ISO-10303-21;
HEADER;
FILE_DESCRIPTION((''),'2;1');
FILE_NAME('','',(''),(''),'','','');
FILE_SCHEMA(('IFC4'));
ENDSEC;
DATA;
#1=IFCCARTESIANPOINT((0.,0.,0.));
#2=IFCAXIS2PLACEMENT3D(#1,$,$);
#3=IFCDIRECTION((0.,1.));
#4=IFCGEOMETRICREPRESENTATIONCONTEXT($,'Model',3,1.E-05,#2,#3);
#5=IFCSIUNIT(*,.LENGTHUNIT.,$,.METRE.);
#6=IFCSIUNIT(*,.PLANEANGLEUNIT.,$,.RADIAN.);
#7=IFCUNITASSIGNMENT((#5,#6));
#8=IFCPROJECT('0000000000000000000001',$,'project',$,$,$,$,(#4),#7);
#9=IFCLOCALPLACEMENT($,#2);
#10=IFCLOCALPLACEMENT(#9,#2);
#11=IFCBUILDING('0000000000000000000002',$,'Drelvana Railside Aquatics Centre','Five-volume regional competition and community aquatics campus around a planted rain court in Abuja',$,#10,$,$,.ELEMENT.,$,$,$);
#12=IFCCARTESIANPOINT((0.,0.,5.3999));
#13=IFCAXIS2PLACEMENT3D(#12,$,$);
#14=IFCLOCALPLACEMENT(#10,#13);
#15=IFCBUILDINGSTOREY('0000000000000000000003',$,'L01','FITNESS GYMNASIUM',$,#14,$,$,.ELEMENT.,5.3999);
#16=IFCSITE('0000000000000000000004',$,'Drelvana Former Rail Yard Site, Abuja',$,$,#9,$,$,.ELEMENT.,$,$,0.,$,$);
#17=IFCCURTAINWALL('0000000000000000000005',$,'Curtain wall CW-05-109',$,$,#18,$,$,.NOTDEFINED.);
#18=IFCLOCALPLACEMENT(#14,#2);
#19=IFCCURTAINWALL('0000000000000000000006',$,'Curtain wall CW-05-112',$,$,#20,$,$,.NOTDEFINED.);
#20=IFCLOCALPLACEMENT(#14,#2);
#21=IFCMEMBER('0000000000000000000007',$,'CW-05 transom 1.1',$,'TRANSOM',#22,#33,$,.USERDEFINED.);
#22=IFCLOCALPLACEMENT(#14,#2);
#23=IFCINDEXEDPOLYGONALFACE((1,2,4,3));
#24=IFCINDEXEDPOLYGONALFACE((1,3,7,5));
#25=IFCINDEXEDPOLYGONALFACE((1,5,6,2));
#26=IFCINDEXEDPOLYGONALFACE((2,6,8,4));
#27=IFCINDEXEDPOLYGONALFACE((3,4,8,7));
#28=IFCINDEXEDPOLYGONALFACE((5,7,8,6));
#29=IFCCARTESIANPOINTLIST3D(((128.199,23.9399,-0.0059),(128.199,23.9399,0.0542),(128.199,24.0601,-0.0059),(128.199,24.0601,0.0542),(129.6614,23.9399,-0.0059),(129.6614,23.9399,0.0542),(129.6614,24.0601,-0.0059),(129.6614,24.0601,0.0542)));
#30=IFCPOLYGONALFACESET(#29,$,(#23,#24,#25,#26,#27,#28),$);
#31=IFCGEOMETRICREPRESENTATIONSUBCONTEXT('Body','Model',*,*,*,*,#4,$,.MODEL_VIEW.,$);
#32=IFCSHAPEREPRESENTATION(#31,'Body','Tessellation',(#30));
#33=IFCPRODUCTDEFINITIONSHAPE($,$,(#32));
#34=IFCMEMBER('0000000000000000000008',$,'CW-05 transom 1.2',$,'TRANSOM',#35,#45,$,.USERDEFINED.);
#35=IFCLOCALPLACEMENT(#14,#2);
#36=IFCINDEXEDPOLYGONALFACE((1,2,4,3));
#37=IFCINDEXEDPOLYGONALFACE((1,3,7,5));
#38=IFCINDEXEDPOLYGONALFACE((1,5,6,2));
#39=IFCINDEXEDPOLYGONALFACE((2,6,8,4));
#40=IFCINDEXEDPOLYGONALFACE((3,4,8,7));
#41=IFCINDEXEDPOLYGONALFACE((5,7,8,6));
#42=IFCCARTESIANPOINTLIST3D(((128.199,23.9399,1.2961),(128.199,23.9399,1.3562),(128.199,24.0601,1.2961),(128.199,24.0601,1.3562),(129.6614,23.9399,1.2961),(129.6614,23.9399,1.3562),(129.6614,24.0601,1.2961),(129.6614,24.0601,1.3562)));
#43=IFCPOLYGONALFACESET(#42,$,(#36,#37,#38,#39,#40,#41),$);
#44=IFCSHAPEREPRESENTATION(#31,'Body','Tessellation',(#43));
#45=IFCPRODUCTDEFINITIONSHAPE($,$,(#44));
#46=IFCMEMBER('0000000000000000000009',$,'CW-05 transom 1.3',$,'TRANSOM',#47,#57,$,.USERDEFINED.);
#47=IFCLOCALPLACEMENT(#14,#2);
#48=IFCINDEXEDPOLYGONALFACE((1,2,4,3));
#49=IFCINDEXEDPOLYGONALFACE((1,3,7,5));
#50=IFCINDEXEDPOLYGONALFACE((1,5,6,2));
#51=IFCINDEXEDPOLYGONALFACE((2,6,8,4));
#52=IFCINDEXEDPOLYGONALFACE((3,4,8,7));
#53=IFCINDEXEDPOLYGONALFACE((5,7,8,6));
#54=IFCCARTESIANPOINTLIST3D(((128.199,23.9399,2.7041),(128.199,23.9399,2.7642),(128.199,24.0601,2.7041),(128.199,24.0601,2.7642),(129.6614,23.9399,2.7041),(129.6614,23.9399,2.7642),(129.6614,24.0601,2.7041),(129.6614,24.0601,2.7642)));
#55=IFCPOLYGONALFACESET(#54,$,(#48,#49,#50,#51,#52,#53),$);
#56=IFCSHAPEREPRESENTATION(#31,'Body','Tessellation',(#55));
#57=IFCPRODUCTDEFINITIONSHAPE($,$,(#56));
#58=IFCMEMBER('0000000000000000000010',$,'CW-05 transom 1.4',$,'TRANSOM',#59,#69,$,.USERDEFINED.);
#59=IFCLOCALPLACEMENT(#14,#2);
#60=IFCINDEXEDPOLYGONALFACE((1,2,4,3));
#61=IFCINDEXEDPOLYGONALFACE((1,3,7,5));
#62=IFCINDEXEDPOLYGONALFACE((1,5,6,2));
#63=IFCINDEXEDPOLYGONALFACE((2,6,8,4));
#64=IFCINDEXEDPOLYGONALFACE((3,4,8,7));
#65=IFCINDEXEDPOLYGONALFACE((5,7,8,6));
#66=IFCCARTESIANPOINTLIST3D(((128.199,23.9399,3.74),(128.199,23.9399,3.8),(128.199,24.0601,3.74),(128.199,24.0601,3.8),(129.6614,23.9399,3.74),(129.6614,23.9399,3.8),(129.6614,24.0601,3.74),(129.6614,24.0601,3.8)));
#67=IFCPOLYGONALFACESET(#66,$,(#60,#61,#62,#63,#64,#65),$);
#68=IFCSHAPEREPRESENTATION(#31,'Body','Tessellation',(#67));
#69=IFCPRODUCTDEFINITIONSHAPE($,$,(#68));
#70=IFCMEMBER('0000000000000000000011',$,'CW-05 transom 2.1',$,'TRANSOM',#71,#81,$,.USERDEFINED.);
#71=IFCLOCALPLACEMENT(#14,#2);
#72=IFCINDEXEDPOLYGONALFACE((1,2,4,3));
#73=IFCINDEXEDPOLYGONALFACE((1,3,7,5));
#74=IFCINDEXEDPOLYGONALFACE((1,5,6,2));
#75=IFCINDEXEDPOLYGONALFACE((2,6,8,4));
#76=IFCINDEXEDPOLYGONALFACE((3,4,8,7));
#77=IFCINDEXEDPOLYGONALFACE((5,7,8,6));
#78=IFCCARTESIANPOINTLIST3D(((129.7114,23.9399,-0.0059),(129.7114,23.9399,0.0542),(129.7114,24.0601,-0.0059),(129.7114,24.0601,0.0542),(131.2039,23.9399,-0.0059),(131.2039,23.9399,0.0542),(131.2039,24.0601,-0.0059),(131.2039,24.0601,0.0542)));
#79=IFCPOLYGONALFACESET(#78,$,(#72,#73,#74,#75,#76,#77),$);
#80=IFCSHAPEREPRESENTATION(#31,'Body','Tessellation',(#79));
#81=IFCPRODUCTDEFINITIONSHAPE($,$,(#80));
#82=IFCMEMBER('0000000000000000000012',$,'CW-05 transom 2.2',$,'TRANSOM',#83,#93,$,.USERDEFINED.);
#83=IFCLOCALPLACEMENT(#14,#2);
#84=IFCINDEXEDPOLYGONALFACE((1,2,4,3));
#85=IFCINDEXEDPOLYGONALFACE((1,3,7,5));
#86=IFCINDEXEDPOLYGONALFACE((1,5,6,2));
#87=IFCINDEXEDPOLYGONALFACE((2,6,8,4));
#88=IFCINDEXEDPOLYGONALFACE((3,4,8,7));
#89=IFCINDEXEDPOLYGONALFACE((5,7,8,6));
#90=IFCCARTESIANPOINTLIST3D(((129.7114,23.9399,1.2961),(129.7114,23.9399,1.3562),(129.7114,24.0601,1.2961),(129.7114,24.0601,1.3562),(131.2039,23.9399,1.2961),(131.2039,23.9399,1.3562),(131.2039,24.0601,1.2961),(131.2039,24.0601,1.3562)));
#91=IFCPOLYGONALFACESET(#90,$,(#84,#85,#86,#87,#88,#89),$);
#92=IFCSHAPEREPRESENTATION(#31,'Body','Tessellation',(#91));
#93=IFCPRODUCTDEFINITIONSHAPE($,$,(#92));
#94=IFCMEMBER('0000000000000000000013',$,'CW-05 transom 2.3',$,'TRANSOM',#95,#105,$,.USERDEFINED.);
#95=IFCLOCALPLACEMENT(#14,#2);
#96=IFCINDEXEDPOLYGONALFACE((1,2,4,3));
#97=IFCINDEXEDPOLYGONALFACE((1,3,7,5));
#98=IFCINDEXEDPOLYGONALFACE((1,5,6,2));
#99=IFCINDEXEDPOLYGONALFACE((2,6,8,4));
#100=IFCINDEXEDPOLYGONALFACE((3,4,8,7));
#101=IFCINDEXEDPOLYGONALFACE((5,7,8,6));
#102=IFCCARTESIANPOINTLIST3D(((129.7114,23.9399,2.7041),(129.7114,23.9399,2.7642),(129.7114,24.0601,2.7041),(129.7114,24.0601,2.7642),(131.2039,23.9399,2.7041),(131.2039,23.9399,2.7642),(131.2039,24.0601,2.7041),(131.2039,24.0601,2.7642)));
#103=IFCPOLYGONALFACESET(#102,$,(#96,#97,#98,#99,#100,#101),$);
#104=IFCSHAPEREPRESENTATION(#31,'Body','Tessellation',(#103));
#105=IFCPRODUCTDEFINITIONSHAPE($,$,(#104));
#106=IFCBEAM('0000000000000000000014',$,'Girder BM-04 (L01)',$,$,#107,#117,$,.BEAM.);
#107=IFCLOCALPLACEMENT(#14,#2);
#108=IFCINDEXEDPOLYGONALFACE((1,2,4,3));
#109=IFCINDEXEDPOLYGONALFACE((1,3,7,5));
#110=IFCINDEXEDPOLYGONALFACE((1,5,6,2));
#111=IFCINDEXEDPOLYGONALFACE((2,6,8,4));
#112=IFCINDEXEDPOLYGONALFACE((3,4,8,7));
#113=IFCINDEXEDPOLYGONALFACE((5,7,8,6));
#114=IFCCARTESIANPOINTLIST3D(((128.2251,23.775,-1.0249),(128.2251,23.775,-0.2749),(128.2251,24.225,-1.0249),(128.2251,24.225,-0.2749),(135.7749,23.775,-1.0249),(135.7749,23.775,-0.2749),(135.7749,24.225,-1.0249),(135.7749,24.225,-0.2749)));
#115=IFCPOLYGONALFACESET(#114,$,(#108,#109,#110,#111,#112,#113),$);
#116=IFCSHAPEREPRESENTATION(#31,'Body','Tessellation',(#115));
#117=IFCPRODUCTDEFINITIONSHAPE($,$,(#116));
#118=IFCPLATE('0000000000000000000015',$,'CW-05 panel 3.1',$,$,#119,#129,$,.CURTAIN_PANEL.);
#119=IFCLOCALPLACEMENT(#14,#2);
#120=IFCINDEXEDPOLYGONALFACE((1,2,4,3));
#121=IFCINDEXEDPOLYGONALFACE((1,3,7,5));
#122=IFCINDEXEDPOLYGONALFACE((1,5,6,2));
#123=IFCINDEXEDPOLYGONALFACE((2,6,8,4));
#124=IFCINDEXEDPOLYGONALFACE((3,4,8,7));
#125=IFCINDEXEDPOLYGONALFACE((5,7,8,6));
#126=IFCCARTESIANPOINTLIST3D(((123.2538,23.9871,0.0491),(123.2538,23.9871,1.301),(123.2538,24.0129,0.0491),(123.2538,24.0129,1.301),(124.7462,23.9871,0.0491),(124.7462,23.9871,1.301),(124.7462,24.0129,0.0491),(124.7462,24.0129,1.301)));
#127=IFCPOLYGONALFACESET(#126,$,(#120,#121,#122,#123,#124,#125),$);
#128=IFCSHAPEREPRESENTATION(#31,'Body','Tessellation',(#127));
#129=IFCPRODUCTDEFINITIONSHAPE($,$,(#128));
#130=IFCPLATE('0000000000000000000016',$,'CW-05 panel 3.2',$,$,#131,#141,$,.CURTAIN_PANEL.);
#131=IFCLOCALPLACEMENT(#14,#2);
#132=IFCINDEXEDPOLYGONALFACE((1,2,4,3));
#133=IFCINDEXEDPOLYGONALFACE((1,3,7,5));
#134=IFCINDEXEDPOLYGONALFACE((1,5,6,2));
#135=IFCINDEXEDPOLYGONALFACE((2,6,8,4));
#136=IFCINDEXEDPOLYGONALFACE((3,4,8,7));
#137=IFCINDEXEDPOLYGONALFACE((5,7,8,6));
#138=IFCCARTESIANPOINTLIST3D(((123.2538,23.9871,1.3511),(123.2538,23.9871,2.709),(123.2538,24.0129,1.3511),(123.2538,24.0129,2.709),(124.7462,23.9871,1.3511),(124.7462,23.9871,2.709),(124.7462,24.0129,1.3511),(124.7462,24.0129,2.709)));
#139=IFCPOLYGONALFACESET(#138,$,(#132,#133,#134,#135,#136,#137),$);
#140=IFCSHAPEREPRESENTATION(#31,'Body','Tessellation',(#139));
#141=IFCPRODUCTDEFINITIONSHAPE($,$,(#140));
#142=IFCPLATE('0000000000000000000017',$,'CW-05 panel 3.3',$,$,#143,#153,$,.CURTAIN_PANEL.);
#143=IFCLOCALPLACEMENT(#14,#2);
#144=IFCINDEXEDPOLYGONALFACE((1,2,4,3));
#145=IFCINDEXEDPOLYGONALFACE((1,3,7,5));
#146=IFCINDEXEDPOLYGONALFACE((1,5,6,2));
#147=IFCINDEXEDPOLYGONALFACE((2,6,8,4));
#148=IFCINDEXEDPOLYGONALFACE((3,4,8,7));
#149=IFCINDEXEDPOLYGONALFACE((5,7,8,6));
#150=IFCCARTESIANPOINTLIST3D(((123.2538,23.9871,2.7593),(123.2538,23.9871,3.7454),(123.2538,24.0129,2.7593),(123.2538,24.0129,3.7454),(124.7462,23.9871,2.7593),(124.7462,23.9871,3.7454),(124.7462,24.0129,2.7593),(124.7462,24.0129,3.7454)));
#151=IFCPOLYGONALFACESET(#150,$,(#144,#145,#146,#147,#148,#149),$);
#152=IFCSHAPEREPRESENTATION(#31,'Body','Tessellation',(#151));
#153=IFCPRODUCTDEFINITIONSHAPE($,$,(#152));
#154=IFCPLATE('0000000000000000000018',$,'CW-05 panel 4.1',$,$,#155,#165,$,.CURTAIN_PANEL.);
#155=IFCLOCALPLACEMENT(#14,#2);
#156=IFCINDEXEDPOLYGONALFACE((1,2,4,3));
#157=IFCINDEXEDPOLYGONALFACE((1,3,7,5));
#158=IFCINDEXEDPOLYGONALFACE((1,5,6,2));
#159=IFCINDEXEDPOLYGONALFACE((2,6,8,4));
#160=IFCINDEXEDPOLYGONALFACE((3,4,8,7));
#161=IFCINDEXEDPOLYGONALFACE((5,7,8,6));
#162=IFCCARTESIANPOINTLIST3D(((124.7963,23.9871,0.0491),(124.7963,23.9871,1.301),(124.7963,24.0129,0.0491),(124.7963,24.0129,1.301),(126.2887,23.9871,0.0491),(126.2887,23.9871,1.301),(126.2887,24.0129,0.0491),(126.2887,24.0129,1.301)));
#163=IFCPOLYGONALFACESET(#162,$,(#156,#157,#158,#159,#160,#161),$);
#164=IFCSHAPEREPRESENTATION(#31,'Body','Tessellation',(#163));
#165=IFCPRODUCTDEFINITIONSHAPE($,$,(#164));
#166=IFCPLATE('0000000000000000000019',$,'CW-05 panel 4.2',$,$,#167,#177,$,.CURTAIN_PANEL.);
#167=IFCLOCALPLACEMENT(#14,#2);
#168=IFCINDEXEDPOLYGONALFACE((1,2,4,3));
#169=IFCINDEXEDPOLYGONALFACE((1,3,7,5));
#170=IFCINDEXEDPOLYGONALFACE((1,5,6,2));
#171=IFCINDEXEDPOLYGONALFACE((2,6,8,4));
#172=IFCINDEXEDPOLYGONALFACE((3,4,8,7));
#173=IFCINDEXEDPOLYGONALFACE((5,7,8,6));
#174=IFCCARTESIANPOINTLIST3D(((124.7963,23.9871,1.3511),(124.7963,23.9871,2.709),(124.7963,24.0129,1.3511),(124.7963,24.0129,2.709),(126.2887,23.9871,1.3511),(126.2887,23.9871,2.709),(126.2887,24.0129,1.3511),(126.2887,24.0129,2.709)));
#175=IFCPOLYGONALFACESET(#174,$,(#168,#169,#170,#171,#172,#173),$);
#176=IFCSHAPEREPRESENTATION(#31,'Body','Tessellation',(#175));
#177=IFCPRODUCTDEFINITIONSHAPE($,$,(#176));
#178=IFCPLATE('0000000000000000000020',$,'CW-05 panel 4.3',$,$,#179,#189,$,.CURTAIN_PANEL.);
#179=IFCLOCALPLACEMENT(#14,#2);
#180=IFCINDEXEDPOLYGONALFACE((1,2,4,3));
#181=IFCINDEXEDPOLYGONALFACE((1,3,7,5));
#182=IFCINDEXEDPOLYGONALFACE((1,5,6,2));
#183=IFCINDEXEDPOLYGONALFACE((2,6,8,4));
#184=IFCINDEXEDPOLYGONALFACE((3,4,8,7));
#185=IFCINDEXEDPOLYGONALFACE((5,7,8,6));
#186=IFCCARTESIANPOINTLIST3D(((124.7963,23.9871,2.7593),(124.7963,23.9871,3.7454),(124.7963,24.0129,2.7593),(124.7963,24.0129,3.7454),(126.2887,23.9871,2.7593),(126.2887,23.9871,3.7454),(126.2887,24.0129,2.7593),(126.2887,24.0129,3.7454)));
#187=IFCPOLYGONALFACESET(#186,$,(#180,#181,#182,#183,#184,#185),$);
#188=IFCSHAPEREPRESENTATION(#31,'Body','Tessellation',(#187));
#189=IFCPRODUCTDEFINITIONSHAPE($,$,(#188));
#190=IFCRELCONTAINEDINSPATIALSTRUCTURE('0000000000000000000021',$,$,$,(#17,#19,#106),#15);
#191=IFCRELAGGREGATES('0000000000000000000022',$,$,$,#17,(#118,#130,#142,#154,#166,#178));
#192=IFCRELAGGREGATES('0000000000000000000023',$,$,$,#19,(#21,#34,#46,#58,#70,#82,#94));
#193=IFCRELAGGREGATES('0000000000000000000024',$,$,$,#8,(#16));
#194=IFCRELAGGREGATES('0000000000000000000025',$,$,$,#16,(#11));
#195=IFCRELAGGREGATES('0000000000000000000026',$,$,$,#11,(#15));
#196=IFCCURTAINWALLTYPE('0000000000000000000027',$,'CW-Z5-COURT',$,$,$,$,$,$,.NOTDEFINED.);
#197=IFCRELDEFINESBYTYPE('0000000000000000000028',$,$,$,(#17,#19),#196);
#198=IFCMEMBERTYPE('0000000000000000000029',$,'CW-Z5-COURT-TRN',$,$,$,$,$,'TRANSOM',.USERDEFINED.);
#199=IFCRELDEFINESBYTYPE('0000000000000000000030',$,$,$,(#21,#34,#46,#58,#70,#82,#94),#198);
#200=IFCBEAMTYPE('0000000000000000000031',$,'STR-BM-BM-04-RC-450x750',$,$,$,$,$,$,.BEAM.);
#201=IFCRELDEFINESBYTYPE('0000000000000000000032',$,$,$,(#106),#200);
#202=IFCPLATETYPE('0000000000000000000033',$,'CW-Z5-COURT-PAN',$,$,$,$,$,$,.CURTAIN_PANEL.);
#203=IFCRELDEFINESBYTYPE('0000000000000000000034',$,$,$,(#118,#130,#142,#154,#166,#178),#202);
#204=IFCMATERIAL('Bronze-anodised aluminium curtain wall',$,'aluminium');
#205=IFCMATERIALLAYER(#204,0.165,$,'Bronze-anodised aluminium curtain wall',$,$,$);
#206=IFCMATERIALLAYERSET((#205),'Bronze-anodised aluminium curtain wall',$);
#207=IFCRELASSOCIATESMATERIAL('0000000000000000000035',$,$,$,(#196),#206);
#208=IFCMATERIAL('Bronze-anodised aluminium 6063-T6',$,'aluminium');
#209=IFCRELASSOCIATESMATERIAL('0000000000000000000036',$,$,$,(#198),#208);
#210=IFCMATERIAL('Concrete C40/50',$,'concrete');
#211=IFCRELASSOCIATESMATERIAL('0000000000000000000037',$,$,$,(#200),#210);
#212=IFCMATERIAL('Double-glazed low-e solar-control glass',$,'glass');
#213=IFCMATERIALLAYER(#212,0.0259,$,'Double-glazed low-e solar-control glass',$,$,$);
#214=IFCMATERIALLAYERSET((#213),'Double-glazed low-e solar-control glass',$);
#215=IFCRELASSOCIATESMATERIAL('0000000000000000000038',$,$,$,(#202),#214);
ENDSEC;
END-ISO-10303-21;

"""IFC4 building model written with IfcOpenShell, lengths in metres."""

from ifc_helpers import new_model, si_unit, direction, frame, origin, origin_2d, place, context, subcontext, project, spatial, rectangle, extrude, material, layer, layer_set, material_profile, profile_set, type_object, element, aggregate, save


model = new_model("IFC4")

# Units and contexts
model_context = context("Model", 3, precision=1e-05, world=origin(), true_north=direction((0.0, 1.0)))
body_context = subcontext(model_context, "Body", "Model", "MODEL_VIEW")
ifc_project = project(units=[si_unit("LENGTHUNIT", "METRE"), si_unit("PLANEANGLEUNIT", "RADIAN")], contexts=[model_context])

# Site, building, storey
site_placement = place(None, origin())
site = spatial("IfcSite", under=ifc_project, at=site_placement, Name="Drelvana Former Rail Yard Site, Abuja", CompositionType="ELEMENT", RefElevation=0.0)
building_placement = place(site_placement, origin())
building = spatial("IfcBuilding", under=site, at=building_placement, Name="Drelvana Railside Aquatics Centre", Description="Five-volume regional competition and community aquatics campus around a planted rain court in Abuja", CompositionType="ELEMENT")
storey_placement = place(building_placement, frame((0.0, 0.0, 5.3999)))
storey = spatial("IfcBuildingStorey", under=building, at=storey_placement, Name="L01", Description="FITNESS GYMNASIUM", CompositionType="ELEMENT", Elevation=5.3999)

# Curtain walls
ifc_material_1 = material(Name="Bronze-anodised aluminium curtain wall", Category="aluminium")
ifc_layer_1 = layer(ifc_material_1, 0.165, Name="Bronze-anodised aluminium curtain wall")
ifc_layer_set_1 = layer_set([ifc_layer_1], Name="Bronze-anodised aluminium curtain wall")
curtain_wall_type = type_object("IfcCurtainWallType", Name="CW-Z5-COURT", PredefinedType="NOTDEFINED", material=ifc_layer_set_1)
curtain_wall_1_placement = place(storey_placement, origin())
curtain_wall_1 = element("IfcCurtainWall", 1, at=curtain_wall_1_placement, inside=storey, type_object=curtain_wall_type, Name="Curtain wall CW-05-109", PredefinedType="NOTDEFINED")
ifc_material_2 = material(Name="Bronze-anodised aluminium 6063-T6", Category="aluminium")
curtain_wall_2_placement = place(storey_placement, origin())
curtain_wall_2 = element("IfcCurtainWall", 2, at=curtain_wall_2_placement, inside=storey, type_object=curtain_wall_type, Name="Curtain wall CW-05-112", PredefinedType="NOTDEFINED")

# Members
ifc_material_profile_1 = material_profile(ifc_material_2, rectangle(XDim=0.1201, YDim=0.0601, at=origin_2d()), Name="ALU-T 60x120")
ifc_profile_set_1 = profile_set([ifc_material_profile_1], Name="Bronze-anodised aluminium 6063-T6")
member_type_1 = type_object("IfcMemberType", Name="CW-Z5-COURT-TRN", ElementType="TRANSOM", PredefinedType="USERDEFINED", material=ifc_profile_set_1)
member_1_placement = place(storey_placement, frame((128.199, 24.0, 0.0242), z_axis=(1.0, 0.0, 0.0), x_axis=(0.0, 1.0, 0.0)))
member_1 = element("IfcMember", 3, at=member_1_placement, type_object=member_type_1, Name="CW-05 transom 1.1", ObjectType="TRANSOM", PredefinedType="USERDEFINED", context=body_context, shape_type="SweptSolid", body=[
    extrude(rectangle(XDim=0.1201, YDim=0.0601, at=origin_2d()), origin(), (0.0, 0.0, 1.0), 1.4624),
])
member_2_placement = place(storey_placement, frame((128.199, 24.0, 1.3262), z_axis=(1.0, 0.0, 0.0), x_axis=(0.0, 1.0, 0.0)))
member_2 = element("IfcMember", 4, at=member_2_placement, type_object=member_type_1, Name="CW-05 transom 1.2", ObjectType="TRANSOM", PredefinedType="USERDEFINED", context=body_context, shape_type="SweptSolid", body=[
    extrude(rectangle(XDim=0.1201, YDim=0.0601, at=origin_2d()), origin(), (0.0, 0.0, 1.0), 1.4624),
])
member_3_placement = place(storey_placement, frame((128.199, 24.0, 2.7341), z_axis=(1.0, 0.0, 0.0), x_axis=(0.0, 1.0, 0.0)))
member_3 = element("IfcMember", 5, at=member_3_placement, type_object=member_type_1, Name="CW-05 transom 1.3", ObjectType="TRANSOM", PredefinedType="USERDEFINED", context=body_context, shape_type="SweptSolid", body=[
    extrude(rectangle(XDim=0.1201, YDim=0.0601, at=origin_2d()), origin(), (0.0, 0.0, 1.0), 1.4624),
])
member_4_placement = place(storey_placement, frame((128.199, 24.0, 3.77), z_axis=(1.0, 0.0, 0.0), x_axis=(0.0, 1.0, 0.0)))
member_4 = element("IfcMember", 6, at=member_4_placement, type_object=member_type_1, Name="CW-05 transom 1.4", ObjectType="TRANSOM", PredefinedType="USERDEFINED", context=body_context, shape_type="SweptSolid", body=[
    extrude(rectangle(XDim=0.1201, YDim=0.0601, at=origin_2d()), origin(), (0.0, 0.0, 1.0), 1.4624),
])
member_5_placement = place(storey_placement, frame((129.7114, 24.0, 0.0242), z_axis=(1.0, 0.0, 0.0), x_axis=(0.0, 1.0, 0.0)))
member_5 = element("IfcMember", 7, at=member_5_placement, type_object=member_type_1, Name="CW-05 transom 2.1", ObjectType="TRANSOM", PredefinedType="USERDEFINED", context=body_context, shape_type="SweptSolid", body=[
    extrude(rectangle(XDim=0.1201, YDim=0.0601, at=origin_2d()), origin(), (0.0, 0.0, 1.0), 1.4924),
])
member_6_placement = place(storey_placement, frame((129.7114, 24.0, 1.3262), z_axis=(1.0, 0.0, 0.0), x_axis=(0.0, 1.0, 0.0)))
member_6 = element("IfcMember", 8, at=member_6_placement, type_object=member_type_1, Name="CW-05 transom 2.2", ObjectType="TRANSOM", PredefinedType="USERDEFINED", context=body_context, shape_type="SweptSolid", body=[
    extrude(rectangle(XDim=0.1201, YDim=0.0601, at=origin_2d()), origin(), (0.0, 0.0, 1.0), 1.4924),
])
member_7_placement = place(storey_placement, frame((129.7114, 24.0, 2.7341), z_axis=(1.0, 0.0, 0.0), x_axis=(0.0, 1.0, 0.0)))
member_7 = element("IfcMember", 9, at=member_7_placement, type_object=member_type_1, Name="CW-05 transom 2.3", ObjectType="TRANSOM", PredefinedType="USERDEFINED", context=body_context, shape_type="SweptSolid", body=[
    extrude(rectangle(XDim=0.1201, YDim=0.0601, at=origin_2d()), origin(), (0.0, 0.0, 1.0), 1.4924),
])

# Beam
ifc_material_3 = material(Name="Concrete C40/50", Category="concrete")
ifc_material_profile_2 = material_profile(ifc_material_3, rectangle(XDim=0.45, YDim=0.75, at=origin_2d()), Name="RC 450x750")
ifc_profile_set_2 = profile_set([ifc_material_profile_2], Name="Concrete C40/50")
beam_type = type_object("IfcBeamType", Name="STR-BM-BM-04-RC-450x750", PredefinedType="BEAM", material=ifc_profile_set_2)
beam_placement = place(storey_placement, frame((128.2251, 24.0, -0.6499), z_axis=(1.0, 0.0, 0.0), x_axis=(0.0, 1.0, 0.0)))
element("IfcBeam", 10, at=beam_placement, inside=storey, type_object=beam_type, Name="Girder BM-04 (L01)", PredefinedType="BEAM", context=body_context, shape_type="SweptSolid", body=[
    extrude(rectangle(XDim=0.45, YDim=0.75, at=origin_2d()), origin(), (0.0, 0.0, 1.0), 7.5498),
])

# Plates
ifc_material_4 = material(Name="Double-glazed low-e solar-control glass", Category="glass")
ifc_layer_2 = layer(ifc_material_4, 0.0259, Name="Double-glazed low-e solar-control glass")
ifc_layer_set_2 = layer_set([ifc_layer_2], Name="Double-glazed low-e solar-control glass")
plate_type = type_object("IfcPlateType", Name="CW-Z5-COURT-PAN", PredefinedType="CURTAIN_PANEL", material=ifc_layer_set_2)
plate_1_placement = place(storey_placement, frame((124.0, 24.0, 0.0491), z_axis=(0.0, 0.0, 1.0), x_axis=(1.0, 0.0, 0.0)))
plate_1 = element("IfcPlate", 11, at=plate_1_placement, type_object=plate_type, Name="CW-05 panel 3.1", PredefinedType="CURTAIN_PANEL", context=body_context, shape_type="SweptSolid", body=[
    extrude(rectangle(XDim=1.4924, YDim=0.0259, at=origin_2d()), origin(), (0.0, 0.0, 1.0), 1.252),
])
plate_2_placement = place(storey_placement, frame((124.0, 24.0, 1.3511), z_axis=(0.0, 0.0, 1.0), x_axis=(1.0, 0.0, 0.0)))
plate_2 = element("IfcPlate", 12, at=plate_2_placement, type_object=plate_type, Name="CW-05 panel 3.2", PredefinedType="CURTAIN_PANEL", context=body_context, shape_type="SweptSolid", body=[
    extrude(rectangle(XDim=1.4924, YDim=0.0259, at=origin_2d()), origin(), (0.0, 0.0, 1.0), 1.3579),
])
plate_3_placement = place(storey_placement, frame((124.0, 24.0, 2.7593), z_axis=(0.0, 0.0, 1.0), x_axis=(1.0, 0.0, 0.0)))
plate_3 = element("IfcPlate", 13, at=plate_3_placement, type_object=plate_type, Name="CW-05 panel 3.3", PredefinedType="CURTAIN_PANEL", context=body_context, shape_type="SweptSolid", body=[
    extrude(rectangle(XDim=1.4924, YDim=0.0259, at=origin_2d()), origin(), (0.0, 0.0, 1.0), 0.9861),
])
plate_4_placement = place(storey_placement, frame((125.5425, 24.0, 0.0491), z_axis=(0.0, 0.0, 1.0), x_axis=(1.0, 0.0, 0.0)))
plate_4 = element("IfcPlate", 14, at=plate_4_placement, type_object=plate_type, Name="CW-05 panel 4.1", PredefinedType="CURTAIN_PANEL", context=body_context, shape_type="SweptSolid", body=[
    extrude(rectangle(XDim=1.4924, YDim=0.0259, at=origin_2d()), origin(), (0.0, 0.0, 1.0), 1.252),
])
plate_5_placement = place(storey_placement, frame((125.5425, 24.0, 1.3511), z_axis=(0.0, 0.0, 1.0), x_axis=(1.0, 0.0, 0.0)))
plate_5 = element("IfcPlate", 15, at=plate_5_placement, type_object=plate_type, Name="CW-05 panel 4.2", PredefinedType="CURTAIN_PANEL", context=body_context, shape_type="SweptSolid", body=[
    extrude(rectangle(XDim=1.4924, YDim=0.0259, at=origin_2d()), origin(), (0.0, 0.0, 1.0), 1.3579),
])
plate_6_placement = place(storey_placement, frame((125.5425, 24.0, 2.7593), z_axis=(0.0, 0.0, 1.0), x_axis=(1.0, 0.0, 0.0)))
plate_6 = element("IfcPlate", 16, at=plate_6_placement, type_object=plate_type, Name="CW-05 panel 4.3", PredefinedType="CURTAIN_PANEL", context=body_context, shape_type="SweptSolid", body=[
    extrude(rectangle(XDim=1.4924, YDim=0.0259, at=origin_2d()), origin(), (0.0, 0.0, 1.0), 0.9861),
])
aggregate(curtain_wall_1, [plate_1, plate_2, plate_3, plate_4, plate_5, plate_6])
aggregate(curtain_wall_2, [member_1, member_2, member_3, member_4, member_5, member_6, member_7])

save(model, "model.ifc")
